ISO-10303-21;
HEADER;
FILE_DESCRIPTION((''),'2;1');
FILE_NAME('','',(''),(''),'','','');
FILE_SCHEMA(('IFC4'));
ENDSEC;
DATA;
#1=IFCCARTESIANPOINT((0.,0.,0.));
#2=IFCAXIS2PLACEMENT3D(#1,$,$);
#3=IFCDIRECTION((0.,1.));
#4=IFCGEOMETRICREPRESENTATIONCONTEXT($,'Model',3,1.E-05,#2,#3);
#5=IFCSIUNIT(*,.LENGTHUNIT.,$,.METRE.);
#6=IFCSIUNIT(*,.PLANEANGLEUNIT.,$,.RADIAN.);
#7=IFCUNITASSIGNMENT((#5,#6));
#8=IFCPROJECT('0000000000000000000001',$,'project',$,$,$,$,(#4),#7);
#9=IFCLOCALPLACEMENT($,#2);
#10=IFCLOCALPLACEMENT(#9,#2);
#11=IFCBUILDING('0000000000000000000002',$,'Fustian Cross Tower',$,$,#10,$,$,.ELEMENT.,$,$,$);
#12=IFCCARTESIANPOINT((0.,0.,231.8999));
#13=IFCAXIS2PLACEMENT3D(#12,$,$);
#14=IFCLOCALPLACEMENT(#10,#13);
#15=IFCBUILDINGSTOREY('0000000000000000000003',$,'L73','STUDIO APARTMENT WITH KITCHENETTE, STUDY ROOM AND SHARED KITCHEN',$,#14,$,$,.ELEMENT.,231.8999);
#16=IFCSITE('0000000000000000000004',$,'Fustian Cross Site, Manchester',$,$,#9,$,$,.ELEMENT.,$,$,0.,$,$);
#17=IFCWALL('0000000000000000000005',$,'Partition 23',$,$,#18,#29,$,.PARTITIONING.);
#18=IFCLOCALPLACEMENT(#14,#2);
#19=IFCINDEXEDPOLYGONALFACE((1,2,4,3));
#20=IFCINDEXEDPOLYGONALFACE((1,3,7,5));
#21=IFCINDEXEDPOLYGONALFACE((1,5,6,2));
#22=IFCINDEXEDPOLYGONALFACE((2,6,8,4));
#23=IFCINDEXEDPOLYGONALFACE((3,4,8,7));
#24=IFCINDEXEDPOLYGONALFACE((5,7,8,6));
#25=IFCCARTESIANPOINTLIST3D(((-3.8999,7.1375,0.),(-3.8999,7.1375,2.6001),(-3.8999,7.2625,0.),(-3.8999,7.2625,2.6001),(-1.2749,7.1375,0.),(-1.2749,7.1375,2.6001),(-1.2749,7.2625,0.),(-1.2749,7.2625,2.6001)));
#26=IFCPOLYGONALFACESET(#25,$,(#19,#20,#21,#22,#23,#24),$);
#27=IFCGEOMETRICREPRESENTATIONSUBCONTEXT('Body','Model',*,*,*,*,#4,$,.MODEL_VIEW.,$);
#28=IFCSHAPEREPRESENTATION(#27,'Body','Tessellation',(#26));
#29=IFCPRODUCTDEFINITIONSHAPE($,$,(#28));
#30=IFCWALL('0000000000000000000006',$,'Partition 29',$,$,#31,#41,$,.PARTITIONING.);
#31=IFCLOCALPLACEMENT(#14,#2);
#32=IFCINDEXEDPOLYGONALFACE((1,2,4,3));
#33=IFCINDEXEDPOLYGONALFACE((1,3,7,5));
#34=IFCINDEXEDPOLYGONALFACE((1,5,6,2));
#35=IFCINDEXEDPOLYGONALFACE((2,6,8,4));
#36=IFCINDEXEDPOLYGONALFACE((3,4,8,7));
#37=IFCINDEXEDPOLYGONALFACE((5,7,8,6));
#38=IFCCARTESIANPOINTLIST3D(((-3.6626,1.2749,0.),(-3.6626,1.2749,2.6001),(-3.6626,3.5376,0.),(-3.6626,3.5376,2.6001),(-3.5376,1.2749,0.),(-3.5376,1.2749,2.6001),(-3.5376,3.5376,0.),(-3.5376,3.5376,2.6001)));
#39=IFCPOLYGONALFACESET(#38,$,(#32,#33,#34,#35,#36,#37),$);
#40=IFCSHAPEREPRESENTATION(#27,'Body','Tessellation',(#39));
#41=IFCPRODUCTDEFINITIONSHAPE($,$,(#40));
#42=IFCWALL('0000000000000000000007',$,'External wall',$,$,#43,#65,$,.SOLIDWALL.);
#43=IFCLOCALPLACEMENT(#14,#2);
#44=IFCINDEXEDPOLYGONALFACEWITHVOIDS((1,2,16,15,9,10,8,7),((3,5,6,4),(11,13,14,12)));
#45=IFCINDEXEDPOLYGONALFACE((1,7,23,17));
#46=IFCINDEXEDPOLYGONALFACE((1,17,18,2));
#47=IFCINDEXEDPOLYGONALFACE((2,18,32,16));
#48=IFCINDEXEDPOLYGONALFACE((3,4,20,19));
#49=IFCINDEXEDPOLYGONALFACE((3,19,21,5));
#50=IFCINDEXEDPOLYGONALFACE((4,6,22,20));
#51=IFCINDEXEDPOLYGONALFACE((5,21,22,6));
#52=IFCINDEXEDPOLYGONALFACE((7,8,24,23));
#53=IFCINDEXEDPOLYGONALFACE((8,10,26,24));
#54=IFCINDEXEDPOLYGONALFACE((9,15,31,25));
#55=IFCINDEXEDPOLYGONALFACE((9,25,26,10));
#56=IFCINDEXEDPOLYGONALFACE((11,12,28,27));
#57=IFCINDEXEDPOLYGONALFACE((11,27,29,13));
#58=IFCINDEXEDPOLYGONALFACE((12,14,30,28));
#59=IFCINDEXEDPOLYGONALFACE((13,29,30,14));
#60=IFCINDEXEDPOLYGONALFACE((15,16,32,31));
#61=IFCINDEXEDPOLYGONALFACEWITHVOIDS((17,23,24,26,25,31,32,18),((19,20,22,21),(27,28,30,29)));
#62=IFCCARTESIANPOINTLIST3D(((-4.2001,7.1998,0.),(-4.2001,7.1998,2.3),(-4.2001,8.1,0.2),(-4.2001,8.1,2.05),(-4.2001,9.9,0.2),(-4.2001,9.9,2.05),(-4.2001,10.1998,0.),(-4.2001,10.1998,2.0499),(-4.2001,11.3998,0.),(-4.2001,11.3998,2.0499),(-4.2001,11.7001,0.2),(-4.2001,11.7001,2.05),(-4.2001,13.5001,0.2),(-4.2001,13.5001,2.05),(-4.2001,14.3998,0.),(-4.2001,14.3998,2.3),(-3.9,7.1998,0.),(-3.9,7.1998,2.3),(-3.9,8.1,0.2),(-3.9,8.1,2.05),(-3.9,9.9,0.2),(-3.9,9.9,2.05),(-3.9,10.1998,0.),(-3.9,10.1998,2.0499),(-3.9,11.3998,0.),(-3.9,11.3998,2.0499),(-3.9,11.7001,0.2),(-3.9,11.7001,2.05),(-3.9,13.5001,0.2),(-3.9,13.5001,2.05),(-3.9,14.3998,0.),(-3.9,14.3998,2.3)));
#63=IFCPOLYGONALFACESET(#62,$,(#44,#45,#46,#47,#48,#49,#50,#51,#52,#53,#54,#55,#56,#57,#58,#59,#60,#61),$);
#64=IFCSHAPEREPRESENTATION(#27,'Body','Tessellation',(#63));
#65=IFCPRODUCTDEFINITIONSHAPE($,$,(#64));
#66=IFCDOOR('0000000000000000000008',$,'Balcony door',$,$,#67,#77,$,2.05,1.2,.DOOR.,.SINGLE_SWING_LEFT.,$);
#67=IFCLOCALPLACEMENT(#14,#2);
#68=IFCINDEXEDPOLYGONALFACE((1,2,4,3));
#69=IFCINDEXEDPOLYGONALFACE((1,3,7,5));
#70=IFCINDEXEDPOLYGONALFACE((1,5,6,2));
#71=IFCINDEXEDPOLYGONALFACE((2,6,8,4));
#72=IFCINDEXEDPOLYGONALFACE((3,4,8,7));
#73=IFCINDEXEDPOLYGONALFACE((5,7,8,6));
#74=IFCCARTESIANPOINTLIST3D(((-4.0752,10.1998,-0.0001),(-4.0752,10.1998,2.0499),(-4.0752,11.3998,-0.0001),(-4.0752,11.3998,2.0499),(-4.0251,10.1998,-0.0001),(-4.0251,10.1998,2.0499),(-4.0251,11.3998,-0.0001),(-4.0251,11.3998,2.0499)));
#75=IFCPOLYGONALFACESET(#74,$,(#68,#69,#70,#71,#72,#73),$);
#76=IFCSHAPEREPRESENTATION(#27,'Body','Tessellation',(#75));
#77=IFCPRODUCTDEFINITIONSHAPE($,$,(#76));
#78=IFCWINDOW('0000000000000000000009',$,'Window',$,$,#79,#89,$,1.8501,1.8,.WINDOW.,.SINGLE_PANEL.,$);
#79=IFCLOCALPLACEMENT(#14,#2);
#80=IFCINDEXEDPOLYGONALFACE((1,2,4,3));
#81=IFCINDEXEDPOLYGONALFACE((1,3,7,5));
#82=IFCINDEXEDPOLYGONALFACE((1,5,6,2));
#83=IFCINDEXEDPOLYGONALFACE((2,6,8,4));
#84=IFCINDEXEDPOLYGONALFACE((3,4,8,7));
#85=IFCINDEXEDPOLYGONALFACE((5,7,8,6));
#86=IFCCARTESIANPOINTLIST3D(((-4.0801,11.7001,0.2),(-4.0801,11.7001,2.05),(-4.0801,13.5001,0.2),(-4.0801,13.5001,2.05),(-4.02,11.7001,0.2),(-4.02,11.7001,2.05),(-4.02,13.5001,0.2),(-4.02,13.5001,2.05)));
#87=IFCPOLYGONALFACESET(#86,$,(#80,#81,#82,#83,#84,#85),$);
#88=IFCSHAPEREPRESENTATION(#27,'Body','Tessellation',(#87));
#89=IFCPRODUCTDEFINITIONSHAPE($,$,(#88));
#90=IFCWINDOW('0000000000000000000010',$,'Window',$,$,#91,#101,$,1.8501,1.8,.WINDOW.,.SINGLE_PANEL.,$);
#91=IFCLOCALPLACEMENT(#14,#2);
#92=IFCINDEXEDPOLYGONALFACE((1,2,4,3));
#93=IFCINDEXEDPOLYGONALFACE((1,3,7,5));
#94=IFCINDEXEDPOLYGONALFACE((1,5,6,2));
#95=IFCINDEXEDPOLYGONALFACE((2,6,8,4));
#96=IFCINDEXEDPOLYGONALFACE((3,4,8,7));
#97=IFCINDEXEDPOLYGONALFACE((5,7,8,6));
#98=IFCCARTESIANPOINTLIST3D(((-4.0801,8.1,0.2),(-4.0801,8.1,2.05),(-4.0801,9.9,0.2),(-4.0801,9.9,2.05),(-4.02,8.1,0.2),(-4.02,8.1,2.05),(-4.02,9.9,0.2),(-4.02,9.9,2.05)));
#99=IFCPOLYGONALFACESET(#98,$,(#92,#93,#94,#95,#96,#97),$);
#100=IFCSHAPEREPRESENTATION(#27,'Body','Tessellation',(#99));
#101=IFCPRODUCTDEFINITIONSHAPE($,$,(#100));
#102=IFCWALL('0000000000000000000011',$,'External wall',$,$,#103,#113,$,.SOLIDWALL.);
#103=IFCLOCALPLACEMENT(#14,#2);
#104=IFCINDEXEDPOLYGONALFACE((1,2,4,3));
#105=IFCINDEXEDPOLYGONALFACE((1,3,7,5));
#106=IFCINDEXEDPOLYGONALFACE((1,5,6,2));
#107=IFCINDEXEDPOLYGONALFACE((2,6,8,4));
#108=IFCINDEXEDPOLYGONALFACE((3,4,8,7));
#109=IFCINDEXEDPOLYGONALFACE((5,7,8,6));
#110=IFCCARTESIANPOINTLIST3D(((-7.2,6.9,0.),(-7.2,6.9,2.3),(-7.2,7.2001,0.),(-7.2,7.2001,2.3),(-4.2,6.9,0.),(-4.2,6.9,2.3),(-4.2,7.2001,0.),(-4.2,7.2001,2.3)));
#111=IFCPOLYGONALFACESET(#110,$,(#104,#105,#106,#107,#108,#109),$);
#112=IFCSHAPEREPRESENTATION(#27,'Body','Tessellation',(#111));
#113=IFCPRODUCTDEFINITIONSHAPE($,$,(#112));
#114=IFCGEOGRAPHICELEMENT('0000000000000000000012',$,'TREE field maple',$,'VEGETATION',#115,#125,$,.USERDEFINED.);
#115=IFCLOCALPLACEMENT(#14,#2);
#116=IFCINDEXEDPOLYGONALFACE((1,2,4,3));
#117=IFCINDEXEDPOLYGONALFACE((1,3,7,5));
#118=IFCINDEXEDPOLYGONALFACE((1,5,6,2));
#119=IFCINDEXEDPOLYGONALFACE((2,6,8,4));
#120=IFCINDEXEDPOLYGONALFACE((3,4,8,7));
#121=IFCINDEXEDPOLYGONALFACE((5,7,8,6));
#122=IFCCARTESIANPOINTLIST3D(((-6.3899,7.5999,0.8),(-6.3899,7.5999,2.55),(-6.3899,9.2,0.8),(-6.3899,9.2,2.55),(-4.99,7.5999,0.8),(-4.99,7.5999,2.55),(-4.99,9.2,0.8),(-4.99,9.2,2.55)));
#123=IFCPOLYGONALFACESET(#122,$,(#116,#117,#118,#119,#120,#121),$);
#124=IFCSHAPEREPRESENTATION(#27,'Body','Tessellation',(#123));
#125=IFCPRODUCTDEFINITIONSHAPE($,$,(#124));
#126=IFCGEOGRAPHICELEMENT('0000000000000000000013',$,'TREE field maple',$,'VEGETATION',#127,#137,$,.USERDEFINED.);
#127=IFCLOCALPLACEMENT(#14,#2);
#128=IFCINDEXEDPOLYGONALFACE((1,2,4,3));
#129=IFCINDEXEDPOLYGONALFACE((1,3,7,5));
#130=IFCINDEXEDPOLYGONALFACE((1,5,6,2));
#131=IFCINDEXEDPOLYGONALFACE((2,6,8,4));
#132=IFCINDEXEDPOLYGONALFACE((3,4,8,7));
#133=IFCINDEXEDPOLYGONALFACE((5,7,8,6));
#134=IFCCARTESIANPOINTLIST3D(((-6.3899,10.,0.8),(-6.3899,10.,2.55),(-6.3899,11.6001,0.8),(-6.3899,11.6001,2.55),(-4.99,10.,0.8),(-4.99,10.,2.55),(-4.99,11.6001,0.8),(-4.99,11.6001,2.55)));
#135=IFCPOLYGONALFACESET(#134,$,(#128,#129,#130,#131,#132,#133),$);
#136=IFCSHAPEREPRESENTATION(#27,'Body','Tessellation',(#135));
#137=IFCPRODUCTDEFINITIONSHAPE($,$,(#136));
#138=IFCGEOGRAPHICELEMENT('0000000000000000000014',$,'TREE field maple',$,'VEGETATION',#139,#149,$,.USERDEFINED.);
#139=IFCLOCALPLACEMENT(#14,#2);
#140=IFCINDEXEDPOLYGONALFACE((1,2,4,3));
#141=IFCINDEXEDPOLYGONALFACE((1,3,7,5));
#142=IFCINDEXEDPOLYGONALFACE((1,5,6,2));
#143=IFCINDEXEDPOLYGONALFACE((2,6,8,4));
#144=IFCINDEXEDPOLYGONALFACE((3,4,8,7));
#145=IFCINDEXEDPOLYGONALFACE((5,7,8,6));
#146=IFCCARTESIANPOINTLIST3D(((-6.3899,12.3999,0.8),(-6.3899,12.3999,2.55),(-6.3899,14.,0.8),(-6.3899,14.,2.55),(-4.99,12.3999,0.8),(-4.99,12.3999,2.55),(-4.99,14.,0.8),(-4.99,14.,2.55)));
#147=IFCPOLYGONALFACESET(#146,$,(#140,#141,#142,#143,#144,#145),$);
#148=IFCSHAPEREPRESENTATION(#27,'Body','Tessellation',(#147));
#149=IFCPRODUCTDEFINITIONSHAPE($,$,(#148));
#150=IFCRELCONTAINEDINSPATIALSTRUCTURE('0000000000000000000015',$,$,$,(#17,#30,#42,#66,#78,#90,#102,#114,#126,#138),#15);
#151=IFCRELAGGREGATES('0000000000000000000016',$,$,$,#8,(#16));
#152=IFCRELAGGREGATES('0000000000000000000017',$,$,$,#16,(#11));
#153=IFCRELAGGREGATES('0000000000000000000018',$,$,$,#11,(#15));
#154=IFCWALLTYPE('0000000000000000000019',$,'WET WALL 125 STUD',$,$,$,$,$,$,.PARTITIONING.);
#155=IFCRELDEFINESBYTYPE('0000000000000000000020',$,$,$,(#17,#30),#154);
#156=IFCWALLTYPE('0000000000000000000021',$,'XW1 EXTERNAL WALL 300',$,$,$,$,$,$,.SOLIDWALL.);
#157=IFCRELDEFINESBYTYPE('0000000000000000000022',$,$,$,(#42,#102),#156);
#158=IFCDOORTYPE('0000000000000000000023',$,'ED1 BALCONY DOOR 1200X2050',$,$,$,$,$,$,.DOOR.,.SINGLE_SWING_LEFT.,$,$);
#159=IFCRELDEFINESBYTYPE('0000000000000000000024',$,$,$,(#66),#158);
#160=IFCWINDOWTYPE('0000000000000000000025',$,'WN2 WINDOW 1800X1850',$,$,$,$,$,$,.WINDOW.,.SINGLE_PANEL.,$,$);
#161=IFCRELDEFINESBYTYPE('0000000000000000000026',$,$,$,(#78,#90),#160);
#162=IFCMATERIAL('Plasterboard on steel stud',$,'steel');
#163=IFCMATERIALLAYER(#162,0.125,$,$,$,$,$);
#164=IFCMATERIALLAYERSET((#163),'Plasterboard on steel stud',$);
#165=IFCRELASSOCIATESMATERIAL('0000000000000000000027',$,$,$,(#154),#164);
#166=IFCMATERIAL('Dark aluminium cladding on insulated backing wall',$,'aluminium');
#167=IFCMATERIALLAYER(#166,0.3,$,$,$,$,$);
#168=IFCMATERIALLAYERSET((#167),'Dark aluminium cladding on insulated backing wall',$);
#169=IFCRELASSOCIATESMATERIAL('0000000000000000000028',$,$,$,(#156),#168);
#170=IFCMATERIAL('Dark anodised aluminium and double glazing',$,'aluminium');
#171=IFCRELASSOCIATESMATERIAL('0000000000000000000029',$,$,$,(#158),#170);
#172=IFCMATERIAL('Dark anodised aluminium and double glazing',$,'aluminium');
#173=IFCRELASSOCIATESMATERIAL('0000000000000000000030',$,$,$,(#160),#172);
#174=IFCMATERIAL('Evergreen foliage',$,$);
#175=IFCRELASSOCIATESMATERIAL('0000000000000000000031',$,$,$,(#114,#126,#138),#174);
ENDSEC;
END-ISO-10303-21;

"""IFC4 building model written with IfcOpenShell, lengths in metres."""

from ifc_helpers import new_model, si_unit, direction, frame, frame_2d, origin, origin_2d, place, context, subcontext, project, spatial, rectangle, extrude, material, layer, layer_set, type_object, element, fill, save


model = new_model("IFC4")

# Units and contexts
model_context = context("Model", 3, precision=1e-05, world=origin(), true_north=direction((0.0, 1.0)))
body_context = subcontext(model_context, "Body", "Model", "MODEL_VIEW")
ifc_project = project(units=[si_unit("LENGTHUNIT", "METRE"), si_unit("PLANEANGLEUNIT", "RADIAN")], contexts=[model_context])

# Site, building, storey
site_placement = place(None, origin())
site = spatial("IfcSite", under=ifc_project, at=site_placement, Name="Fustian Cross Site, Manchester", CompositionType="ELEMENT", RefElevation=0.0)
building_placement = place(site_placement, origin())
building = spatial("IfcBuilding", under=site, at=building_placement, Name="Fustian Cross Tower", CompositionType="ELEMENT")
storey_placement = place(building_placement, frame((0.0, 0.0, 231.8999)))
storey = spatial("IfcBuildingStorey", under=building, at=storey_placement, Name="L73", Description="STUDIO APARTMENT WITH KITCHENETTE, STUDY ROOM AND SHARED KITCHEN", CompositionType="ELEMENT", Elevation=231.8999)

# Walls
ifc_material_1 = material(Name="Plasterboard on steel stud", Category="steel")
ifc_layer_1 = layer(ifc_material_1, 0.125)
ifc_layer_set_1 = layer_set([ifc_layer_1], Name="Plasterboard on steel stud")
wall_type_1 = type_object("IfcWallType", Name="WET WALL 125 STUD", PredefinedType="PARTITIONING", material=ifc_layer_set_1)
wall_1_placement = place(storey_placement, frame((-3.8999, 7.2, 0.0), z_axis=(0.0, 0.0, 1.0), x_axis=(1.0, 0.0, 0.0)))
element("IfcWall", 1, at=wall_1_placement, inside=storey, type_object=wall_type_1, Name="Partition 23", PredefinedType="PARTITIONING", context=body_context, shape_type="SweptSolid", body=[
    extrude(rectangle(XDim=2.625, YDim=0.125, at=frame_2d((1.3125, 0.0))), origin(), (0.0, 0.0, 1.0), 2.6001),
])
wall_2_placement = place(storey_placement, frame((-3.6001, 1.2749, 0.0), z_axis=(0.0, 0.0, 1.0), x_axis=(0.0, 1.0, 0.0)))
element("IfcWall", 2, at=wall_2_placement, inside=storey, type_object=wall_type_1, Name="Partition 29", PredefinedType="PARTITIONING", context=body_context, shape_type="SweptSolid", body=[
    extrude(rectangle(XDim=2.2627, YDim=0.125, at=frame_2d((1.1313, 0.0))), origin(), (0.0, 0.0, 1.0), 2.6001),
])

# Wall, openings, door, windows
ifc_material_2 = material(Name="Dark aluminium cladding on insulated backing wall", Category="aluminium")
ifc_layer_2 = layer(ifc_material_2, 0.3)
ifc_layer_set_2 = layer_set([ifc_layer_2], Name="Dark aluminium cladding on insulated backing wall")
wall_type_2 = type_object("IfcWallType", Name="XW1 EXTERNAL WALL 300", PredefinedType="SOLIDWALL", material=ifc_layer_set_2)
wall_3_placement = place(storey_placement, frame((-4.05, 14.3999, 0.0), z_axis=(0.0, 0.0, 1.0), x_axis=(0.0, -1.0, 0.0)))
wall_3 = element("IfcWall", 3, at=wall_3_placement, inside=storey, type_object=wall_type_2, Name="External wall", PredefinedType="SOLIDWALL", context=body_context, shape_type="SweptSolid", body=[
    extrude(rectangle(XDim=7.2, YDim=0.3, at=frame_2d((3.6001, 0.0))), origin(), (0.0, 0.0, 1.0), 2.3),
])
opening_1_placement = place(wall_3_placement, frame((3.0, 0.0, 0.0)))
opening_1 = element("IfcOpeningElement", 4, at=opening_1_placement, cuts=wall_3, PredefinedType="OPENING", context=body_context, shape_type="SweptSolid", body=[
    extrude(rectangle(XDim=1.2, YDim=2.05, at=frame_2d((0.6001, 1.0249))), frame((0.0, 0.1599, 0.0), z_axis=(0.0, -1.0, 0.0), x_axis=(1.0, 0.0, 0.0)), (0.0, 0.0, 1.0), 0.3201),
])
opening_2_placement = place(wall_3_placement, frame((0.8999, 0.0, 0.2)))
opening_2 = element("IfcOpeningElement", 5, at=opening_2_placement, cuts=wall_3, PredefinedType="OPENING", context=body_context, shape_type="SweptSolid", body=[
    extrude(rectangle(XDim=1.8, YDim=1.8501, at=frame_2d((0.8999, 0.925))), frame((0.0, 0.1599, 0.0), z_axis=(0.0, -1.0, 0.0), x_axis=(1.0, 0.0, 0.0)), (0.0, 0.0, 1.0), 0.3201),
])
opening_3_placement = place(wall_3_placement, frame((4.5, 0.0, 0.2)))
opening_3 = element("IfcOpeningElement", 6, at=opening_3_placement, cuts=wall_3, PredefinedType="OPENING", context=body_context, shape_type="SweptSolid", body=[
    extrude(rectangle(XDim=1.8, YDim=1.8501, at=frame_2d((0.8999, 0.925))), frame((0.0, 0.1599, 0.0), z_axis=(0.0, -1.0, 0.0), x_axis=(1.0, 0.0, 0.0)), (0.0, 0.0, 1.0), 0.3201),
])
ifc_material_3 = material(Name="Dark anodised aluminium and double glazing", Category="aluminium")
door_type_1 = type_object("IfcDoorType", Name="ED1 BALCONY DOOR 1200X2050", OperationType="SINGLE_SWING_LEFT", PredefinedType="DOOR", material=ifc_material_3)
door_1_placement = place(opening_1_placement, origin())
door_1 = element("IfcDoor", 7, at=door_1_placement, inside=storey, type_object=door_type_1, Name="Balcony door", OperationType="SINGLE_SWING_LEFT", OverallHeight=2.05, OverallWidth=1.2, PredefinedType="DOOR", context=body_context, shape_type="SweptSolid", body=[
    extrude(rectangle(XDim=1.2, YDim=2.05, at=frame_2d((0.6001, 1.0249))), frame((0.0, 0.0249, 0.0), z_axis=(0.0, -1.0, 0.0), x_axis=(1.0, 0.0, 0.0)), (0.0, 0.0, 1.0), 0.05),
])
fill(opening_1, door_1)
ifc_material_4 = material(Name="Dark anodised aluminium and double glazing", Category="aluminium")
window_type = type_object("IfcWindowType", Name="WN2 WINDOW 1800X1850", PartitioningType="SINGLE_PANEL", PredefinedType="WINDOW", material=ifc_material_4)
window_1_placement = place(opening_2_placement, origin())
window_1 = element("IfcWindow", 8, at=window_1_placement, inside=storey, type_object=window_type, Name="Window", OverallHeight=1.8501, OverallWidth=1.8, PartitioningType="SINGLE_PANEL", PredefinedType="WINDOW", context=body_context, shape_type="SweptSolid", body=[
    extrude(rectangle(XDim=1.8, YDim=1.8501, at=frame_2d((0.8999, 0.925))), frame((0.0, 0.03, 0.0), z_axis=(0.0, -1.0, 0.0), x_axis=(1.0, 0.0, 0.0)), (0.0, 0.0, 1.0), 0.0601),
])
fill(opening_2, window_1)
window_2_placement = place(opening_3_placement, origin())
window_2 = element("IfcWindow", 9, at=window_2_placement, inside=storey, type_object=window_type, Name="Window", OverallHeight=1.8501, OverallWidth=1.8, PartitioningType="SINGLE_PANEL", PredefinedType="WINDOW", context=body_context, shape_type="SweptSolid", body=[
    extrude(rectangle(XDim=1.8, YDim=1.8501, at=frame_2d((0.8999, 0.925))), frame((0.0, 0.03, 0.0), z_axis=(0.0, -1.0, 0.0), x_axis=(1.0, 0.0, 0.0)), (0.0, 0.0, 1.0), 0.0601),
])
fill(opening_3, window_2)

# Wall
wall_4_placement = place(storey_placement, frame((-4.2, 7.05, 0.0), z_axis=(0.0, 0.0, 1.0), x_axis=(-1.0, 0.0, 0.0)))
element("IfcWall", 10, at=wall_4_placement, inside=storey, type_object=wall_type_2, Name="External wall", PredefinedType="SOLIDWALL", context=body_context, shape_type="SweptSolid", body=[
    extrude(rectangle(XDim=3.0, YDim=0.3, at=frame_2d((1.5, 0.0))), origin(), (0.0, 0.0, 1.0), 2.3),
])

# Geographic elements
ifc_material_5 = material(Name="Evergreen foliage")
for number, where, z_axis, x_axis, name in (
    (11, (-5.6899, 8.3999, 0.8), (0.0, 0.0, 1.0), (1.0, 0.0, 0.0), "TREE field maple"),
    (12, (-5.6899, 10.8, 0.8), (0.0, 0.0, 1.0), (1.0, 0.0, 0.0), "TREE field maple"),
    (13, (-5.6899, 13.2, 0.8), (0.0, 0.0, 1.0), (1.0, 0.0, 0.0), "TREE field maple"),
):
    element("IfcGeographicElement", number, at=place(storey_placement, frame(where, z_axis=z_axis, x_axis=x_axis)), inside=storey, material=ifc_material_5, Name=name, ObjectType="VEGETATION", PredefinedType="USERDEFINED", context=body_context, shape_type="SweptSolid", body=[
        extrude(rectangle(XDim=1.3999, YDim=1.6001, at=origin_2d()), origin(), (0.0, 0.0, 1.0), 1.75),
    ])

save(model, "model.ifc")
